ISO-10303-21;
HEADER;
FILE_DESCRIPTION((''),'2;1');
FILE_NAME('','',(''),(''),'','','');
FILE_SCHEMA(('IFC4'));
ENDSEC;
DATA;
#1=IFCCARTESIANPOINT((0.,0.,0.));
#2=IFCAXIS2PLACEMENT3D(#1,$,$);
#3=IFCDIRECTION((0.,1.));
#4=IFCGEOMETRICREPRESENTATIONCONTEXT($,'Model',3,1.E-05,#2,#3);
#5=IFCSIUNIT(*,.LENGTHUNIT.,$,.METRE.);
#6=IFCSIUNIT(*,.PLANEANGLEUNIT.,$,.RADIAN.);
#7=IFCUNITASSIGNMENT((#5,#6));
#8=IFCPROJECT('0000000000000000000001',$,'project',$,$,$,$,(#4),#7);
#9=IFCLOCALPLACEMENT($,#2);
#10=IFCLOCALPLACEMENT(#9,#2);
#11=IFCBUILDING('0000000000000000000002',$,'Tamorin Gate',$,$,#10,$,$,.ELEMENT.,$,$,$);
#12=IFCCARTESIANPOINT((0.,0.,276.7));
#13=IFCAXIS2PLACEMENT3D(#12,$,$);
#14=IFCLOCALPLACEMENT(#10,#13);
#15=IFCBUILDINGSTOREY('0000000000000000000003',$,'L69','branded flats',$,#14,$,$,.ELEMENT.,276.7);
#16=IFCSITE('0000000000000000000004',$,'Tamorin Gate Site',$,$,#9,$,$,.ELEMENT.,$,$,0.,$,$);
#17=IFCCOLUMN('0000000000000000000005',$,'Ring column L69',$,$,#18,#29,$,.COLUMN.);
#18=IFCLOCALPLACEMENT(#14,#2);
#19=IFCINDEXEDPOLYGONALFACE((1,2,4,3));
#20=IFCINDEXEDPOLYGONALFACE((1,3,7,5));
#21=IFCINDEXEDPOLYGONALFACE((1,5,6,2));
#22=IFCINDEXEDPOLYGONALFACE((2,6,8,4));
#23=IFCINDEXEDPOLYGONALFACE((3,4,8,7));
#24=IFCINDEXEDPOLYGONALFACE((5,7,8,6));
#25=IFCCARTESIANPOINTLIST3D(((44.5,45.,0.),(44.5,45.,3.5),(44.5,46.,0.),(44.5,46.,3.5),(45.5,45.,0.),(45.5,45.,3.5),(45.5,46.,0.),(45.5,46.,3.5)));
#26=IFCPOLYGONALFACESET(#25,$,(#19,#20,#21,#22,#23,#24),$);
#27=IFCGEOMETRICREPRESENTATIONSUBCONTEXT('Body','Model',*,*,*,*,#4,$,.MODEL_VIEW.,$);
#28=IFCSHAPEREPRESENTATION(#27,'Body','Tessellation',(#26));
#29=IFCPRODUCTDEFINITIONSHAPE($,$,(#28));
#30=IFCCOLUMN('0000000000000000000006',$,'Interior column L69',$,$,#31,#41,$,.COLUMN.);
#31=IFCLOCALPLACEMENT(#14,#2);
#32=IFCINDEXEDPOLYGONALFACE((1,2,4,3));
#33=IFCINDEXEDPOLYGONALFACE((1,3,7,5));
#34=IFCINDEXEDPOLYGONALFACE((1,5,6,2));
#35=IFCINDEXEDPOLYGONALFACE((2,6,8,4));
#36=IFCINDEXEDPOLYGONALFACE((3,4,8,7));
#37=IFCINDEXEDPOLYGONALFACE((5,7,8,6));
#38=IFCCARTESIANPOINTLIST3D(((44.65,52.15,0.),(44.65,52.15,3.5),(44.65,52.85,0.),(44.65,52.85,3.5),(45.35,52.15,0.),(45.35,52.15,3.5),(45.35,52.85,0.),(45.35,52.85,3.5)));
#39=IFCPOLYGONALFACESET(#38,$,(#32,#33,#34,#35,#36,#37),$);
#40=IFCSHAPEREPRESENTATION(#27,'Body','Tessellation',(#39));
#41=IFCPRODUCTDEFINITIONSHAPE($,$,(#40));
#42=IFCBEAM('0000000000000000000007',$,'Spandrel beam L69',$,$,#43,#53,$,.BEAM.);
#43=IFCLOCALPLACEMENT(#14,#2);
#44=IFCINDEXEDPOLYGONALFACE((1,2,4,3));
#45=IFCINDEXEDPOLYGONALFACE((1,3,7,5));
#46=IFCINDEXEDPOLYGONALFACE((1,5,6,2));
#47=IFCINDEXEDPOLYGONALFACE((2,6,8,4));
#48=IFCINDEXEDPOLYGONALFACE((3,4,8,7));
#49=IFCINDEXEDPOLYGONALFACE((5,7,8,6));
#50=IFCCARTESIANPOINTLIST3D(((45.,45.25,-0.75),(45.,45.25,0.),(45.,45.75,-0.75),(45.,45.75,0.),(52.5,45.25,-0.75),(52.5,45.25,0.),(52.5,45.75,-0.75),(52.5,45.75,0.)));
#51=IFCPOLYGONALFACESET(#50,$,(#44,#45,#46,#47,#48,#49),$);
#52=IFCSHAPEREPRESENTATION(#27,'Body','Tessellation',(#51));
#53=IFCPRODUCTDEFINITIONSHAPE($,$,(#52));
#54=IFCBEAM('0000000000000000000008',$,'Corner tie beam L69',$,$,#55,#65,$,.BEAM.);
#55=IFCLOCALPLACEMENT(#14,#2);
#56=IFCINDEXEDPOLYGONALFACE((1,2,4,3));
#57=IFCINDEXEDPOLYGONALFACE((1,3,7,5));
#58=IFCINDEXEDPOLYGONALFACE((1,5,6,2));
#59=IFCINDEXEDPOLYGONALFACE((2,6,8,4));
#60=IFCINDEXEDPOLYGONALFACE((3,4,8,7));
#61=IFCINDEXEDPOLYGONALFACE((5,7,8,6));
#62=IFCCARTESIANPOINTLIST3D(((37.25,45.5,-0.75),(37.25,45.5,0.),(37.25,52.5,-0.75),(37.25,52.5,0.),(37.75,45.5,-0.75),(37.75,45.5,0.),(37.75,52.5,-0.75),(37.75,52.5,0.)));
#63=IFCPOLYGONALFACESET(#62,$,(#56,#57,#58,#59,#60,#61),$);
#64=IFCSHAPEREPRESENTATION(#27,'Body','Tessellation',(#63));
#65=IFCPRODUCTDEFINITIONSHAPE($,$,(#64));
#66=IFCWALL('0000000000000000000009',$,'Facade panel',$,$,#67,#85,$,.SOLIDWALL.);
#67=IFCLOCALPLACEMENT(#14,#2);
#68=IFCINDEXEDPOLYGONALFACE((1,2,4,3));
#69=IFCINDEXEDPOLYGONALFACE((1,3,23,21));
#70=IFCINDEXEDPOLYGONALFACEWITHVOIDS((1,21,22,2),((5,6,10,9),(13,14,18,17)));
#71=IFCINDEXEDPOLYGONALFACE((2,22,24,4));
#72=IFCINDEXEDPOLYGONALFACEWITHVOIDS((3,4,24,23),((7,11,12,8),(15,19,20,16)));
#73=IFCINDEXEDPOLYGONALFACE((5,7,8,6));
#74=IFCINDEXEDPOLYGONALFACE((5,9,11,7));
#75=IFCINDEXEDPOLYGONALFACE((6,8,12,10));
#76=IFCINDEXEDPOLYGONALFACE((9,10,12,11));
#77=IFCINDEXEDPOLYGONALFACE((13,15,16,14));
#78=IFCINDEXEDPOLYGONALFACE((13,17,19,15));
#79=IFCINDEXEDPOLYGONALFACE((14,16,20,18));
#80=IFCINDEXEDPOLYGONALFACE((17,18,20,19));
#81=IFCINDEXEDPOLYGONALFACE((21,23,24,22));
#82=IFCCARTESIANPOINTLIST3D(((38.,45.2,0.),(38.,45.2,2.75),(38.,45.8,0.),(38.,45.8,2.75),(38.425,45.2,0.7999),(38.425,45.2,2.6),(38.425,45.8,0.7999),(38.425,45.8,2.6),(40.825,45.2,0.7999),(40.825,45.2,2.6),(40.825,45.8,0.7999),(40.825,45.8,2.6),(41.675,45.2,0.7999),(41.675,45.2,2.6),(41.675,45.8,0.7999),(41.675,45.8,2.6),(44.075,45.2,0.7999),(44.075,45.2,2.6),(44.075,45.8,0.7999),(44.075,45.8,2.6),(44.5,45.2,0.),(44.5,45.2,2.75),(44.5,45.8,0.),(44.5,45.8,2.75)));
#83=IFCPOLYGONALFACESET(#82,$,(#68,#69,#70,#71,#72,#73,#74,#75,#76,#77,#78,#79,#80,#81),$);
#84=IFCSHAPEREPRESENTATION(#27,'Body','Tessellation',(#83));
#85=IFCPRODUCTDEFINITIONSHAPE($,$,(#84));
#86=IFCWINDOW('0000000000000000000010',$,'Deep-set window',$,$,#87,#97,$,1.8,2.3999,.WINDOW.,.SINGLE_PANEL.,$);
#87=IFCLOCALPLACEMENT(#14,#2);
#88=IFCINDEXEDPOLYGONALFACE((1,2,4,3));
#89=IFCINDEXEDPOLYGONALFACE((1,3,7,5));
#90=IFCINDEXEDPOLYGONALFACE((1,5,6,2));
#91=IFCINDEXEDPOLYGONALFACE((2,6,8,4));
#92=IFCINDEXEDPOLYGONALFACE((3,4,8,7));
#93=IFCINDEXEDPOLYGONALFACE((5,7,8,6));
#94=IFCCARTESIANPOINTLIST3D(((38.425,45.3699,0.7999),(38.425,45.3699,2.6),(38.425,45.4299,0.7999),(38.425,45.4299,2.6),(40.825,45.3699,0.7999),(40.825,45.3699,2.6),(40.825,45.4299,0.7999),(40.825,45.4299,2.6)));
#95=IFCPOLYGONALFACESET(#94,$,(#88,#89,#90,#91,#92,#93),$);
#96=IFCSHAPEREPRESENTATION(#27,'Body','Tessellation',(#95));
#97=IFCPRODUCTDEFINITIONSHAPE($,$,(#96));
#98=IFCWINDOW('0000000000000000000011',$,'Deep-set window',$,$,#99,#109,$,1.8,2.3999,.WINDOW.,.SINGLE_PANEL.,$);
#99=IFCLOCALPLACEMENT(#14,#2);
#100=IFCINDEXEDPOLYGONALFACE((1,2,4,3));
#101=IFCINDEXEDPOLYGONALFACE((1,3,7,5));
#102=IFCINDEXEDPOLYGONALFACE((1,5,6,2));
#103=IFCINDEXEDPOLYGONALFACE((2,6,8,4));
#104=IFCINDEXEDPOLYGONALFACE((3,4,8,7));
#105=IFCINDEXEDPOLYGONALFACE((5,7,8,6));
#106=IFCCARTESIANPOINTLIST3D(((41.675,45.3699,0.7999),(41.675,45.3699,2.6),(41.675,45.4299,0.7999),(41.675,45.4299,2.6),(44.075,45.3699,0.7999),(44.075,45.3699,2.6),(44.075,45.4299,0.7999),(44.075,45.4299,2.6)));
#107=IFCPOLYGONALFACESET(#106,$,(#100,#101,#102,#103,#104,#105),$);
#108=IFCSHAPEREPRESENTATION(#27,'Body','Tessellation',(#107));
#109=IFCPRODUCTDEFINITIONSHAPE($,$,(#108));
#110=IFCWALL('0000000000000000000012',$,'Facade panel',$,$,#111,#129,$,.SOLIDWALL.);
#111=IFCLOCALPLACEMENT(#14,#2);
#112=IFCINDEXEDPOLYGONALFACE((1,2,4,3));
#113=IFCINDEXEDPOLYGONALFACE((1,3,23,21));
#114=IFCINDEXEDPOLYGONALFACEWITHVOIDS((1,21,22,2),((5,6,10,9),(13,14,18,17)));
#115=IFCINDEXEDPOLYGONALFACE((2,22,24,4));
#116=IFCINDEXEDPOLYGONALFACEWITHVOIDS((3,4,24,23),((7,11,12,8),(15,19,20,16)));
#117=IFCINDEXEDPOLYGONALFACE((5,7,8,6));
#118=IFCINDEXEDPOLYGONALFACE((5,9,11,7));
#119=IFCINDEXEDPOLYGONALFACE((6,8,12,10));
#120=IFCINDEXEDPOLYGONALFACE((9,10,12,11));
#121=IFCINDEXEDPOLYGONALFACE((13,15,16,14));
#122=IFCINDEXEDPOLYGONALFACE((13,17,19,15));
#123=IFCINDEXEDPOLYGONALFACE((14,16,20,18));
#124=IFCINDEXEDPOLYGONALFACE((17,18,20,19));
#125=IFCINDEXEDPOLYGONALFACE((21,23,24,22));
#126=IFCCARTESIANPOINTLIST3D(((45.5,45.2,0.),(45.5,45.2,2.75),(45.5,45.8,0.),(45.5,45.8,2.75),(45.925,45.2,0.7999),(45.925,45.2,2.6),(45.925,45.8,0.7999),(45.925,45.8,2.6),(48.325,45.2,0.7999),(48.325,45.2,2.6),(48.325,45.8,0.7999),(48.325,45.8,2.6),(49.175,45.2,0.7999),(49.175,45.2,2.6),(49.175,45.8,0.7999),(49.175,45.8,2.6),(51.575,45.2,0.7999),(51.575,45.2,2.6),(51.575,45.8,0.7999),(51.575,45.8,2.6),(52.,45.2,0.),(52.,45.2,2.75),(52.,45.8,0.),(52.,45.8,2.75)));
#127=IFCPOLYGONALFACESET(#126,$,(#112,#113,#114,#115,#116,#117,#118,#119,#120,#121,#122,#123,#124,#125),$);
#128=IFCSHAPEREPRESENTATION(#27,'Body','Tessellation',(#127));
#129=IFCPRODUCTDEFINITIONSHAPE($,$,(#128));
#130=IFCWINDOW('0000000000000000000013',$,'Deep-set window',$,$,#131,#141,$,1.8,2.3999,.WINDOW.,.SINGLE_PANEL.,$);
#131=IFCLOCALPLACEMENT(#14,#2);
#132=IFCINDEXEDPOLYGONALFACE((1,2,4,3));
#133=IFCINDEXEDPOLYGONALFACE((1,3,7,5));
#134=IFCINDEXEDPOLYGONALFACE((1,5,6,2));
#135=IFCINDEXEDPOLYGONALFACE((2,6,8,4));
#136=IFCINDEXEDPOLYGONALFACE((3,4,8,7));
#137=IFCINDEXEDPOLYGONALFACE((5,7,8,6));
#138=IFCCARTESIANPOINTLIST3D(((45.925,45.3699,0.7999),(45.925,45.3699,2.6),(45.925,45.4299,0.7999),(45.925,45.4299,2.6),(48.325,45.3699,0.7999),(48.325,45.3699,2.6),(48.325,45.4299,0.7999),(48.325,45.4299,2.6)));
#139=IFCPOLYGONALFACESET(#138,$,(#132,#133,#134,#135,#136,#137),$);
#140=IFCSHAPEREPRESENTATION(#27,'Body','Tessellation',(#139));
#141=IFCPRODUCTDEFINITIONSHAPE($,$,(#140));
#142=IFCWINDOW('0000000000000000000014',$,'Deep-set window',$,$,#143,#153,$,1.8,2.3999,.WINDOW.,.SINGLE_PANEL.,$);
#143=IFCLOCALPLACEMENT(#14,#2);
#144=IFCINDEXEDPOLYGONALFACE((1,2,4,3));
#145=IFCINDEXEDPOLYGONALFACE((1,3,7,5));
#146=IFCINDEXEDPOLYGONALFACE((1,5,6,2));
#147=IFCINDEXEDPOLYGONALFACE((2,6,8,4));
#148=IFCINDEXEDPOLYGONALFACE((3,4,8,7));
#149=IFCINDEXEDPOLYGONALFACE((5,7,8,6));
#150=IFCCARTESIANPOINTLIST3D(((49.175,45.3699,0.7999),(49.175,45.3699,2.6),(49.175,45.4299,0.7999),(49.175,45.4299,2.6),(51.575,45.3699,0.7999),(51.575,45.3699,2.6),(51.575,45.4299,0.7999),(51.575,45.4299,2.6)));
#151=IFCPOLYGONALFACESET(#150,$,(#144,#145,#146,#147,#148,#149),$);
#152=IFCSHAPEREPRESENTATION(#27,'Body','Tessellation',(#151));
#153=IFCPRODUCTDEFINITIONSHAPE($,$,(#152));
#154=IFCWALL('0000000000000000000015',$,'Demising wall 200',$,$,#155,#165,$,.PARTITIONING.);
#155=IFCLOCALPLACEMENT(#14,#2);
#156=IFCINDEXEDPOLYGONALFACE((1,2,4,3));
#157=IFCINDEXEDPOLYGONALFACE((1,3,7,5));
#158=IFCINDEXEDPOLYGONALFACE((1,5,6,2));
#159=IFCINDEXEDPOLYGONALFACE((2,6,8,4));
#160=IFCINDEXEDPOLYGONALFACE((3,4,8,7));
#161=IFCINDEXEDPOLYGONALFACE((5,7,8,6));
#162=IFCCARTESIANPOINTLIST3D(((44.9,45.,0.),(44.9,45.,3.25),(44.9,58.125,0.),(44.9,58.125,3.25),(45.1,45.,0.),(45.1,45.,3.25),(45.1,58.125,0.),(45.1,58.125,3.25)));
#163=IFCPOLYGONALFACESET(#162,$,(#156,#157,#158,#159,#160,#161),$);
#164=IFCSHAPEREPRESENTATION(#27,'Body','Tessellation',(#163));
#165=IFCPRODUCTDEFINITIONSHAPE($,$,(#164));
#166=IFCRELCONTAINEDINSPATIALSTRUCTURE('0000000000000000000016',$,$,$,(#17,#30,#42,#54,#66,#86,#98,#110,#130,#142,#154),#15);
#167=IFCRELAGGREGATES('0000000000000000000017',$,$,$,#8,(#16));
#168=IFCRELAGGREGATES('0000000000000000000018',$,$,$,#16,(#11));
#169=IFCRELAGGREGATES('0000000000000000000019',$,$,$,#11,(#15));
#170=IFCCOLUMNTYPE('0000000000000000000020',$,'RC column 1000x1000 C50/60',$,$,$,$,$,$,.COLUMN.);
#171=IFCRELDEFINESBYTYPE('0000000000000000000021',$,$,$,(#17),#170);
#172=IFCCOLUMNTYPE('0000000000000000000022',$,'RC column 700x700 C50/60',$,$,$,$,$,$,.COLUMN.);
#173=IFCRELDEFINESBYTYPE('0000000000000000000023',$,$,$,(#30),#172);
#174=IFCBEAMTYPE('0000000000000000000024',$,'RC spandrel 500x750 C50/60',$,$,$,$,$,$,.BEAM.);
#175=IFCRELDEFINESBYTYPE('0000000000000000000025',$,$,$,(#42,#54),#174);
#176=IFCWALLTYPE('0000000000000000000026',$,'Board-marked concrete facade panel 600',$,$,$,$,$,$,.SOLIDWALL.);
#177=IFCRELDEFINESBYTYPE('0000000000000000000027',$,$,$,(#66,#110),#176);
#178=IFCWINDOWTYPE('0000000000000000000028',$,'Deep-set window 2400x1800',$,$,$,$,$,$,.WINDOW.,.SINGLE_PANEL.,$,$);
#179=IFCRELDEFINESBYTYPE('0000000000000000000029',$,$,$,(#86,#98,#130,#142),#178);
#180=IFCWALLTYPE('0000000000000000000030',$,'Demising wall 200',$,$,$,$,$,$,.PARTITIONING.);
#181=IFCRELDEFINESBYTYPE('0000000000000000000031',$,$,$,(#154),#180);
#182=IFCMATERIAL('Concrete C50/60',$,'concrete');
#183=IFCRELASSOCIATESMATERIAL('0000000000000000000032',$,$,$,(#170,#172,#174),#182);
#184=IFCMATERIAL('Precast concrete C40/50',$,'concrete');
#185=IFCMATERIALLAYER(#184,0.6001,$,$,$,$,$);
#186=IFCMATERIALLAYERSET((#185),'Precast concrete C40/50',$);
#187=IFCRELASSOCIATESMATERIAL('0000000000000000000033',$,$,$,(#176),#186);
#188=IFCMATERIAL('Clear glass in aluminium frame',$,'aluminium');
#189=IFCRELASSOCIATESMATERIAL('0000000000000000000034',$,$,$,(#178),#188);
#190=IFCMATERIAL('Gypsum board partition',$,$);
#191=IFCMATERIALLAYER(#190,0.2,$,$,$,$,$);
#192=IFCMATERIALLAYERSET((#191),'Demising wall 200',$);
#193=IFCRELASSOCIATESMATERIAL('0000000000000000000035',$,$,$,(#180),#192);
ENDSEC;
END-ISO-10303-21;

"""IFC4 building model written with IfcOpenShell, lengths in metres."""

from ifc_helpers import new_model, si_unit, direction, frame, frame_2d, origin, origin_2d, place, context, subcontext, project, spatial, rectangle, extrude, material, layer, layer_set, material_profile, profile_set, type_object, element, fill, save


model = new_model("IFC4")

# Units and contexts
model_context = context("Model", 3, precision=1e-05, world=origin(), true_north=direction((0.0, 1.0)))
body_context = subcontext(model_context, "Body", "Model", "MODEL_VIEW")
ifc_project = project(units=[si_unit("LENGTHUNIT", "METRE"), si_unit("PLANEANGLEUNIT", "RADIAN")], contexts=[model_context])

# Site, building, storey
site_placement = place(None, origin())
site = spatial("IfcSite", under=ifc_project, at=site_placement, Name="Tamorin Gate Site", CompositionType="ELEMENT", RefElevation=0.0)
building_placement = place(site_placement, origin())
building = spatial("IfcBuilding", under=site, at=building_placement, Name="Tamorin Gate", CompositionType="ELEMENT")
storey_placement = place(building_placement, frame((0.0, 0.0, 276.7)))
storey = spatial("IfcBuildingStorey", under=building, at=storey_placement, Name="L69", Description="branded flats", CompositionType="ELEMENT", Elevation=276.7)

# Columns
ifc_material_1 = material(Name="Concrete C50/60", Category="concrete")
ifc_material_profile_1 = material_profile(ifc_material_1, rectangle(XDim=1.0, YDim=1.0, at=origin_2d()), Name="RC 1000x1000")
ifc_profile_set_1 = profile_set([ifc_material_profile_1], Name="Concrete C50/60")
column_type_1 = type_object("IfcColumnType", Name="RC column 1000x1000 C50/60", PredefinedType="COLUMN", material=ifc_profile_set_1)
column_1_placement = place(storey_placement, frame((45.0, 45.5, 0.0), z_axis=(0.0, 0.0, 1.0), x_axis=(1.0, 0.0, 0.0)))
element("IfcColumn", 1, at=column_1_placement, inside=storey, type_object=column_type_1, Name="Ring column L69", PredefinedType="COLUMN", context=body_context, shape_type="SweptSolid", body=[
    extrude(rectangle(XDim=1.0, YDim=1.0, at=origin_2d()), origin(), (0.0, 0.0, 1.0), 3.5),
])
ifc_material_profile_2 = material_profile(ifc_material_1, rectangle(XDim=0.7, YDim=0.7, at=origin_2d()), Name="RC 700x700")
ifc_profile_set_2 = profile_set([ifc_material_profile_2], Name="Concrete C50/60")
column_type_2 = type_object("IfcColumnType", Name="RC column 700x700 C50/60", PredefinedType="COLUMN", material=ifc_profile_set_2)
column_2_placement = place(storey_placement, frame((45.0, 52.5, 0.0), z_axis=(0.0, 0.0, 1.0), x_axis=(1.0, 0.0, 0.0)))
element("IfcColumn", 2, at=column_2_placement, inside=storey, type_object=column_type_2, Name="Interior column L69", PredefinedType="COLUMN", context=body_context, shape_type="SweptSolid", body=[
    extrude(rectangle(XDim=0.7, YDim=0.7, at=origin_2d()), origin(), (0.0, 0.0, 1.0), 3.5),
])

# Beams
ifc_material_profile_3 = material_profile(ifc_material_1, rectangle(XDim=0.5, YDim=0.75, at=origin_2d()), Name="RC 500x750")
ifc_profile_set_3 = profile_set([ifc_material_profile_3], Name="Concrete C50/60")
beam_type = type_object("IfcBeamType", Name="RC spandrel 500x750 C50/60", PredefinedType="BEAM", material=ifc_profile_set_3)
beam_1_placement = place(storey_placement, frame((45.0, 45.5, -0.375), z_axis=(1.0, 0.0, 0.0), x_axis=(0.0, 1.0, 0.0)))
element("IfcBeam", 3, at=beam_1_placement, inside=storey, type_object=beam_type, Name="Spandrel beam L69", PredefinedType="BEAM", context=body_context, shape_type="SweptSolid", body=[
    extrude(rectangle(XDim=0.5, YDim=0.75, at=origin_2d()), origin(), (0.0, 0.0, 1.0), 7.5),
])
beam_2_placement = place(storey_placement, frame((37.5, 52.5, -0.375), z_axis=(0.0, -1.0, 0.0), x_axis=(1.0, 0.0, 0.0)))
element("IfcBeam", 4, at=beam_2_placement, inside=storey, type_object=beam_type, Name="Corner tie beam L69", PredefinedType="BEAM", context=body_context, shape_type="SweptSolid", body=[
    extrude(rectangle(XDim=0.5, YDim=0.75, at=origin_2d()), origin(), (0.0, 0.0, 1.0), 7.0),
])

# Walls, openings, windows
ifc_material_2 = material(Name="Precast concrete C40/50", Category="concrete")
ifc_layer_1 = layer(ifc_material_2, 0.6001)
ifc_layer_set_1 = layer_set([ifc_layer_1], Name="Precast concrete C40/50")
wall_type_1 = type_object("IfcWallType", Name="Board-marked concrete facade panel 600", PredefinedType="SOLIDWALL", material=ifc_layer_set_1)
wall_1_placement = place(storey_placement, frame((38.0, 45.5, 0.0), z_axis=(0.0, 0.0, 1.0), x_axis=(1.0, 0.0, 0.0)))
wall_1 = element("IfcWall", 5, at=wall_1_placement, inside=storey, type_object=wall_type_1, Name="Facade panel", PredefinedType="SOLIDWALL", context=body_context, shape_type="SweptSolid", body=[
    extrude(rectangle(XDim=6.5, YDim=0.6001, at=frame_2d((3.25, 0.0))), origin(), (0.0, 0.0, 1.0), 2.75),
])
opening_1_placement = place(wall_1_placement, frame((0.425, 0.0, 0.8)))
opening_1 = element("IfcOpeningElement", 6, at=opening_1_placement, cuts=wall_1, PredefinedType="OPENING", context=body_context, shape_type="SweptSolid", body=[
    extrude(rectangle(XDim=2.3999, YDim=1.8, at=frame_2d((1.2, 0.8999))), frame((0.0, 0.3101, 0.0), z_axis=(0.0, -1.0, 0.0), x_axis=(1.0, 0.0, 0.0)), (0.0, 0.0, 1.0), 0.6201),
])
opening_2_placement = place(wall_1_placement, frame((3.675, 0.0, 0.8)))
opening_2 = element("IfcOpeningElement", 7, at=opening_2_placement, cuts=wall_1, PredefinedType="OPENING", context=body_context, shape_type="SweptSolid", body=[
    extrude(rectangle(XDim=2.3999, YDim=1.8, at=frame_2d((1.2, 0.8999))), frame((0.0, 0.3101, 0.0), z_axis=(0.0, -1.0, 0.0), x_axis=(1.0, 0.0, 0.0)), (0.0, 0.0, 1.0), 0.6201),
])
ifc_material_3 = material(Name="Clear glass in aluminium frame", Category="aluminium")
window_type = type_object("IfcWindowType", Name="Deep-set window 2400x1800", PartitioningType="SINGLE_PANEL", PredefinedType="WINDOW", material=ifc_material_3)
window_1_placement = place(opening_1_placement, origin())
window_1 = element("IfcWindow", 8, at=window_1_placement, inside=storey, type_object=window_type, Name="Deep-set window", OverallHeight=1.8, OverallWidth=2.3999, PartitioningType="SINGLE_PANEL", PredefinedType="WINDOW", context=body_context, shape_type="SweptSolid", body=[
    extrude(rectangle(XDim=2.3999, YDim=1.8, at=frame_2d((1.2, 0.8999))), frame((0.0, -0.0701, 0.0), z_axis=(0.0, -1.0, 0.0), x_axis=(1.0, 0.0, 0.0)), (0.0, 0.0, 1.0), 0.0601),
])
fill(opening_1, window_1)
window_2_placement = place(opening_2_placement, origin())
window_2 = element("IfcWindow", 9, at=window_2_placement, inside=storey, type_object=window_type, Name="Deep-set window", OverallHeight=1.8, OverallWidth=2.3999, PartitioningType="SINGLE_PANEL", PredefinedType="WINDOW", context=body_context, shape_type="SweptSolid", body=[
    extrude(rectangle(XDim=2.3999, YDim=1.8, at=frame_2d((1.2, 0.8999))), frame((0.0, -0.0701, 0.0), z_axis=(0.0, -1.0, 0.0), x_axis=(1.0, 0.0, 0.0)), (0.0, 0.0, 1.0), 0.0601),
])
fill(opening_2, window_2)
wall_2_placement = place(storey_placement, frame((45.5, 45.5, 0.0), z_axis=(0.0, 0.0, 1.0), x_axis=(1.0, 0.0, 0.0)))
wall_2 = element("IfcWall", 10, at=wall_2_placement, inside=storey, type_object=wall_type_1, Name="Facade panel", PredefinedType="SOLIDWALL", context=body_context, shape_type="SweptSolid", body=[
    extrude(rectangle(XDim=6.5, YDim=0.6001, at=frame_2d((3.25, 0.0))), origin(), (0.0, 0.0, 1.0), 2.75),
])
opening_3_placement = place(wall_2_placement, frame((0.425, 0.0, 0.8)))
opening_3 = element("IfcOpeningElement", 11, at=opening_3_placement, cuts=wall_2, PredefinedType="OPENING", context=body_context, shape_type="SweptSolid", body=[
    extrude(rectangle(XDim=2.3999, YDim=1.8, at=frame_2d((1.2, 0.8999))), frame((0.0, 0.3101, 0.0), z_axis=(0.0, -1.0, 0.0), x_axis=(1.0, 0.0, 0.0)), (0.0, 0.0, 1.0), 0.6201),
])
opening_4_placement = place(wall_2_placement, frame((3.675, 0.0, 0.8)))
opening_4 = element("IfcOpeningElement", 12, at=opening_4_placement, cuts=wall_2, PredefinedType="OPENING", context=body_context, shape_type="SweptSolid", body=[
    extrude(rectangle(XDim=2.3999, YDim=1.8, at=frame_2d((1.2, 0.8999))), frame((0.0, 0.3101, 0.0), z_axis=(0.0, -1.0, 0.0), x_axis=(1.0, 0.0, 0.0)), (0.0, 0.0, 1.0), 0.6201),
])
window_3_placement = place(opening_3_placement, origin())
window_3 = element("IfcWindow", 13, at=window_3_placement, inside=storey, type_object=window_type, Name="Deep-set window", OverallHeight=1.8, OverallWidth=2.3999, PartitioningType="SINGLE_PANEL", PredefinedType="WINDOW", context=body_context, shape_type="SweptSolid", body=[
    extrude(rectangle(XDim=2.3999, YDim=1.8, at=frame_2d((1.2, 0.8999))), frame((0.0, -0.0701, 0.0), z_axis=(0.0, -1.0, 0.0), x_axis=(1.0, 0.0, 0.0)), (0.0, 0.0, 1.0), 0.0601),
])
fill(opening_3, window_3)
window_4_placement = place(opening_4_placement, origin())
window_4 = element("IfcWindow", 14, at=window_4_placement, inside=storey, type_object=window_type, Name="Deep-set window", OverallHeight=1.8, OverallWidth=2.3999, PartitioningType="SINGLE_PANEL", PredefinedType="WINDOW", context=body_context, shape_type="SweptSolid", body=[
    extrude(rectangle(XDim=2.3999, YDim=1.8, at=frame_2d((1.2, 0.8999))), frame((0.0, -0.0701, 0.0), z_axis=(0.0, -1.0, 0.0), x_axis=(1.0, 0.0, 0.0)), (0.0, 0.0, 1.0), 0.0601),
])
fill(opening_4, window_4)

# Wall
ifc_material_4 = material(Name="Gypsum board partition")
ifc_layer_2 = layer(ifc_material_4, 0.2)
ifc_layer_set_2 = layer_set([ifc_layer_2], Name="Demising wall 200")
wall_type_2 = type_object("IfcWallType", Name="Demising wall 200", PredefinedType="PARTITIONING", material=ifc_layer_set_2)
wall_3_placement = place(storey_placement, frame((45.0, 45.0, 0.0), z_axis=(0.0, 0.0, 1.0), x_axis=(0.0, 1.0, 0.0)))
element("IfcWall", 15, at=wall_3_placement, inside=storey, type_object=wall_type_2, Name="Demising wall 200", PredefinedType="PARTITIONING", context=body_context, shape_type="SweptSolid", body=[
    extrude(rectangle(XDim=13.125, YDim=0.2, at=frame_2d((6.5625, 0.0))), origin(), (0.0, 0.0, 1.0), 3.25),
])

save(model, "model.ifc")
